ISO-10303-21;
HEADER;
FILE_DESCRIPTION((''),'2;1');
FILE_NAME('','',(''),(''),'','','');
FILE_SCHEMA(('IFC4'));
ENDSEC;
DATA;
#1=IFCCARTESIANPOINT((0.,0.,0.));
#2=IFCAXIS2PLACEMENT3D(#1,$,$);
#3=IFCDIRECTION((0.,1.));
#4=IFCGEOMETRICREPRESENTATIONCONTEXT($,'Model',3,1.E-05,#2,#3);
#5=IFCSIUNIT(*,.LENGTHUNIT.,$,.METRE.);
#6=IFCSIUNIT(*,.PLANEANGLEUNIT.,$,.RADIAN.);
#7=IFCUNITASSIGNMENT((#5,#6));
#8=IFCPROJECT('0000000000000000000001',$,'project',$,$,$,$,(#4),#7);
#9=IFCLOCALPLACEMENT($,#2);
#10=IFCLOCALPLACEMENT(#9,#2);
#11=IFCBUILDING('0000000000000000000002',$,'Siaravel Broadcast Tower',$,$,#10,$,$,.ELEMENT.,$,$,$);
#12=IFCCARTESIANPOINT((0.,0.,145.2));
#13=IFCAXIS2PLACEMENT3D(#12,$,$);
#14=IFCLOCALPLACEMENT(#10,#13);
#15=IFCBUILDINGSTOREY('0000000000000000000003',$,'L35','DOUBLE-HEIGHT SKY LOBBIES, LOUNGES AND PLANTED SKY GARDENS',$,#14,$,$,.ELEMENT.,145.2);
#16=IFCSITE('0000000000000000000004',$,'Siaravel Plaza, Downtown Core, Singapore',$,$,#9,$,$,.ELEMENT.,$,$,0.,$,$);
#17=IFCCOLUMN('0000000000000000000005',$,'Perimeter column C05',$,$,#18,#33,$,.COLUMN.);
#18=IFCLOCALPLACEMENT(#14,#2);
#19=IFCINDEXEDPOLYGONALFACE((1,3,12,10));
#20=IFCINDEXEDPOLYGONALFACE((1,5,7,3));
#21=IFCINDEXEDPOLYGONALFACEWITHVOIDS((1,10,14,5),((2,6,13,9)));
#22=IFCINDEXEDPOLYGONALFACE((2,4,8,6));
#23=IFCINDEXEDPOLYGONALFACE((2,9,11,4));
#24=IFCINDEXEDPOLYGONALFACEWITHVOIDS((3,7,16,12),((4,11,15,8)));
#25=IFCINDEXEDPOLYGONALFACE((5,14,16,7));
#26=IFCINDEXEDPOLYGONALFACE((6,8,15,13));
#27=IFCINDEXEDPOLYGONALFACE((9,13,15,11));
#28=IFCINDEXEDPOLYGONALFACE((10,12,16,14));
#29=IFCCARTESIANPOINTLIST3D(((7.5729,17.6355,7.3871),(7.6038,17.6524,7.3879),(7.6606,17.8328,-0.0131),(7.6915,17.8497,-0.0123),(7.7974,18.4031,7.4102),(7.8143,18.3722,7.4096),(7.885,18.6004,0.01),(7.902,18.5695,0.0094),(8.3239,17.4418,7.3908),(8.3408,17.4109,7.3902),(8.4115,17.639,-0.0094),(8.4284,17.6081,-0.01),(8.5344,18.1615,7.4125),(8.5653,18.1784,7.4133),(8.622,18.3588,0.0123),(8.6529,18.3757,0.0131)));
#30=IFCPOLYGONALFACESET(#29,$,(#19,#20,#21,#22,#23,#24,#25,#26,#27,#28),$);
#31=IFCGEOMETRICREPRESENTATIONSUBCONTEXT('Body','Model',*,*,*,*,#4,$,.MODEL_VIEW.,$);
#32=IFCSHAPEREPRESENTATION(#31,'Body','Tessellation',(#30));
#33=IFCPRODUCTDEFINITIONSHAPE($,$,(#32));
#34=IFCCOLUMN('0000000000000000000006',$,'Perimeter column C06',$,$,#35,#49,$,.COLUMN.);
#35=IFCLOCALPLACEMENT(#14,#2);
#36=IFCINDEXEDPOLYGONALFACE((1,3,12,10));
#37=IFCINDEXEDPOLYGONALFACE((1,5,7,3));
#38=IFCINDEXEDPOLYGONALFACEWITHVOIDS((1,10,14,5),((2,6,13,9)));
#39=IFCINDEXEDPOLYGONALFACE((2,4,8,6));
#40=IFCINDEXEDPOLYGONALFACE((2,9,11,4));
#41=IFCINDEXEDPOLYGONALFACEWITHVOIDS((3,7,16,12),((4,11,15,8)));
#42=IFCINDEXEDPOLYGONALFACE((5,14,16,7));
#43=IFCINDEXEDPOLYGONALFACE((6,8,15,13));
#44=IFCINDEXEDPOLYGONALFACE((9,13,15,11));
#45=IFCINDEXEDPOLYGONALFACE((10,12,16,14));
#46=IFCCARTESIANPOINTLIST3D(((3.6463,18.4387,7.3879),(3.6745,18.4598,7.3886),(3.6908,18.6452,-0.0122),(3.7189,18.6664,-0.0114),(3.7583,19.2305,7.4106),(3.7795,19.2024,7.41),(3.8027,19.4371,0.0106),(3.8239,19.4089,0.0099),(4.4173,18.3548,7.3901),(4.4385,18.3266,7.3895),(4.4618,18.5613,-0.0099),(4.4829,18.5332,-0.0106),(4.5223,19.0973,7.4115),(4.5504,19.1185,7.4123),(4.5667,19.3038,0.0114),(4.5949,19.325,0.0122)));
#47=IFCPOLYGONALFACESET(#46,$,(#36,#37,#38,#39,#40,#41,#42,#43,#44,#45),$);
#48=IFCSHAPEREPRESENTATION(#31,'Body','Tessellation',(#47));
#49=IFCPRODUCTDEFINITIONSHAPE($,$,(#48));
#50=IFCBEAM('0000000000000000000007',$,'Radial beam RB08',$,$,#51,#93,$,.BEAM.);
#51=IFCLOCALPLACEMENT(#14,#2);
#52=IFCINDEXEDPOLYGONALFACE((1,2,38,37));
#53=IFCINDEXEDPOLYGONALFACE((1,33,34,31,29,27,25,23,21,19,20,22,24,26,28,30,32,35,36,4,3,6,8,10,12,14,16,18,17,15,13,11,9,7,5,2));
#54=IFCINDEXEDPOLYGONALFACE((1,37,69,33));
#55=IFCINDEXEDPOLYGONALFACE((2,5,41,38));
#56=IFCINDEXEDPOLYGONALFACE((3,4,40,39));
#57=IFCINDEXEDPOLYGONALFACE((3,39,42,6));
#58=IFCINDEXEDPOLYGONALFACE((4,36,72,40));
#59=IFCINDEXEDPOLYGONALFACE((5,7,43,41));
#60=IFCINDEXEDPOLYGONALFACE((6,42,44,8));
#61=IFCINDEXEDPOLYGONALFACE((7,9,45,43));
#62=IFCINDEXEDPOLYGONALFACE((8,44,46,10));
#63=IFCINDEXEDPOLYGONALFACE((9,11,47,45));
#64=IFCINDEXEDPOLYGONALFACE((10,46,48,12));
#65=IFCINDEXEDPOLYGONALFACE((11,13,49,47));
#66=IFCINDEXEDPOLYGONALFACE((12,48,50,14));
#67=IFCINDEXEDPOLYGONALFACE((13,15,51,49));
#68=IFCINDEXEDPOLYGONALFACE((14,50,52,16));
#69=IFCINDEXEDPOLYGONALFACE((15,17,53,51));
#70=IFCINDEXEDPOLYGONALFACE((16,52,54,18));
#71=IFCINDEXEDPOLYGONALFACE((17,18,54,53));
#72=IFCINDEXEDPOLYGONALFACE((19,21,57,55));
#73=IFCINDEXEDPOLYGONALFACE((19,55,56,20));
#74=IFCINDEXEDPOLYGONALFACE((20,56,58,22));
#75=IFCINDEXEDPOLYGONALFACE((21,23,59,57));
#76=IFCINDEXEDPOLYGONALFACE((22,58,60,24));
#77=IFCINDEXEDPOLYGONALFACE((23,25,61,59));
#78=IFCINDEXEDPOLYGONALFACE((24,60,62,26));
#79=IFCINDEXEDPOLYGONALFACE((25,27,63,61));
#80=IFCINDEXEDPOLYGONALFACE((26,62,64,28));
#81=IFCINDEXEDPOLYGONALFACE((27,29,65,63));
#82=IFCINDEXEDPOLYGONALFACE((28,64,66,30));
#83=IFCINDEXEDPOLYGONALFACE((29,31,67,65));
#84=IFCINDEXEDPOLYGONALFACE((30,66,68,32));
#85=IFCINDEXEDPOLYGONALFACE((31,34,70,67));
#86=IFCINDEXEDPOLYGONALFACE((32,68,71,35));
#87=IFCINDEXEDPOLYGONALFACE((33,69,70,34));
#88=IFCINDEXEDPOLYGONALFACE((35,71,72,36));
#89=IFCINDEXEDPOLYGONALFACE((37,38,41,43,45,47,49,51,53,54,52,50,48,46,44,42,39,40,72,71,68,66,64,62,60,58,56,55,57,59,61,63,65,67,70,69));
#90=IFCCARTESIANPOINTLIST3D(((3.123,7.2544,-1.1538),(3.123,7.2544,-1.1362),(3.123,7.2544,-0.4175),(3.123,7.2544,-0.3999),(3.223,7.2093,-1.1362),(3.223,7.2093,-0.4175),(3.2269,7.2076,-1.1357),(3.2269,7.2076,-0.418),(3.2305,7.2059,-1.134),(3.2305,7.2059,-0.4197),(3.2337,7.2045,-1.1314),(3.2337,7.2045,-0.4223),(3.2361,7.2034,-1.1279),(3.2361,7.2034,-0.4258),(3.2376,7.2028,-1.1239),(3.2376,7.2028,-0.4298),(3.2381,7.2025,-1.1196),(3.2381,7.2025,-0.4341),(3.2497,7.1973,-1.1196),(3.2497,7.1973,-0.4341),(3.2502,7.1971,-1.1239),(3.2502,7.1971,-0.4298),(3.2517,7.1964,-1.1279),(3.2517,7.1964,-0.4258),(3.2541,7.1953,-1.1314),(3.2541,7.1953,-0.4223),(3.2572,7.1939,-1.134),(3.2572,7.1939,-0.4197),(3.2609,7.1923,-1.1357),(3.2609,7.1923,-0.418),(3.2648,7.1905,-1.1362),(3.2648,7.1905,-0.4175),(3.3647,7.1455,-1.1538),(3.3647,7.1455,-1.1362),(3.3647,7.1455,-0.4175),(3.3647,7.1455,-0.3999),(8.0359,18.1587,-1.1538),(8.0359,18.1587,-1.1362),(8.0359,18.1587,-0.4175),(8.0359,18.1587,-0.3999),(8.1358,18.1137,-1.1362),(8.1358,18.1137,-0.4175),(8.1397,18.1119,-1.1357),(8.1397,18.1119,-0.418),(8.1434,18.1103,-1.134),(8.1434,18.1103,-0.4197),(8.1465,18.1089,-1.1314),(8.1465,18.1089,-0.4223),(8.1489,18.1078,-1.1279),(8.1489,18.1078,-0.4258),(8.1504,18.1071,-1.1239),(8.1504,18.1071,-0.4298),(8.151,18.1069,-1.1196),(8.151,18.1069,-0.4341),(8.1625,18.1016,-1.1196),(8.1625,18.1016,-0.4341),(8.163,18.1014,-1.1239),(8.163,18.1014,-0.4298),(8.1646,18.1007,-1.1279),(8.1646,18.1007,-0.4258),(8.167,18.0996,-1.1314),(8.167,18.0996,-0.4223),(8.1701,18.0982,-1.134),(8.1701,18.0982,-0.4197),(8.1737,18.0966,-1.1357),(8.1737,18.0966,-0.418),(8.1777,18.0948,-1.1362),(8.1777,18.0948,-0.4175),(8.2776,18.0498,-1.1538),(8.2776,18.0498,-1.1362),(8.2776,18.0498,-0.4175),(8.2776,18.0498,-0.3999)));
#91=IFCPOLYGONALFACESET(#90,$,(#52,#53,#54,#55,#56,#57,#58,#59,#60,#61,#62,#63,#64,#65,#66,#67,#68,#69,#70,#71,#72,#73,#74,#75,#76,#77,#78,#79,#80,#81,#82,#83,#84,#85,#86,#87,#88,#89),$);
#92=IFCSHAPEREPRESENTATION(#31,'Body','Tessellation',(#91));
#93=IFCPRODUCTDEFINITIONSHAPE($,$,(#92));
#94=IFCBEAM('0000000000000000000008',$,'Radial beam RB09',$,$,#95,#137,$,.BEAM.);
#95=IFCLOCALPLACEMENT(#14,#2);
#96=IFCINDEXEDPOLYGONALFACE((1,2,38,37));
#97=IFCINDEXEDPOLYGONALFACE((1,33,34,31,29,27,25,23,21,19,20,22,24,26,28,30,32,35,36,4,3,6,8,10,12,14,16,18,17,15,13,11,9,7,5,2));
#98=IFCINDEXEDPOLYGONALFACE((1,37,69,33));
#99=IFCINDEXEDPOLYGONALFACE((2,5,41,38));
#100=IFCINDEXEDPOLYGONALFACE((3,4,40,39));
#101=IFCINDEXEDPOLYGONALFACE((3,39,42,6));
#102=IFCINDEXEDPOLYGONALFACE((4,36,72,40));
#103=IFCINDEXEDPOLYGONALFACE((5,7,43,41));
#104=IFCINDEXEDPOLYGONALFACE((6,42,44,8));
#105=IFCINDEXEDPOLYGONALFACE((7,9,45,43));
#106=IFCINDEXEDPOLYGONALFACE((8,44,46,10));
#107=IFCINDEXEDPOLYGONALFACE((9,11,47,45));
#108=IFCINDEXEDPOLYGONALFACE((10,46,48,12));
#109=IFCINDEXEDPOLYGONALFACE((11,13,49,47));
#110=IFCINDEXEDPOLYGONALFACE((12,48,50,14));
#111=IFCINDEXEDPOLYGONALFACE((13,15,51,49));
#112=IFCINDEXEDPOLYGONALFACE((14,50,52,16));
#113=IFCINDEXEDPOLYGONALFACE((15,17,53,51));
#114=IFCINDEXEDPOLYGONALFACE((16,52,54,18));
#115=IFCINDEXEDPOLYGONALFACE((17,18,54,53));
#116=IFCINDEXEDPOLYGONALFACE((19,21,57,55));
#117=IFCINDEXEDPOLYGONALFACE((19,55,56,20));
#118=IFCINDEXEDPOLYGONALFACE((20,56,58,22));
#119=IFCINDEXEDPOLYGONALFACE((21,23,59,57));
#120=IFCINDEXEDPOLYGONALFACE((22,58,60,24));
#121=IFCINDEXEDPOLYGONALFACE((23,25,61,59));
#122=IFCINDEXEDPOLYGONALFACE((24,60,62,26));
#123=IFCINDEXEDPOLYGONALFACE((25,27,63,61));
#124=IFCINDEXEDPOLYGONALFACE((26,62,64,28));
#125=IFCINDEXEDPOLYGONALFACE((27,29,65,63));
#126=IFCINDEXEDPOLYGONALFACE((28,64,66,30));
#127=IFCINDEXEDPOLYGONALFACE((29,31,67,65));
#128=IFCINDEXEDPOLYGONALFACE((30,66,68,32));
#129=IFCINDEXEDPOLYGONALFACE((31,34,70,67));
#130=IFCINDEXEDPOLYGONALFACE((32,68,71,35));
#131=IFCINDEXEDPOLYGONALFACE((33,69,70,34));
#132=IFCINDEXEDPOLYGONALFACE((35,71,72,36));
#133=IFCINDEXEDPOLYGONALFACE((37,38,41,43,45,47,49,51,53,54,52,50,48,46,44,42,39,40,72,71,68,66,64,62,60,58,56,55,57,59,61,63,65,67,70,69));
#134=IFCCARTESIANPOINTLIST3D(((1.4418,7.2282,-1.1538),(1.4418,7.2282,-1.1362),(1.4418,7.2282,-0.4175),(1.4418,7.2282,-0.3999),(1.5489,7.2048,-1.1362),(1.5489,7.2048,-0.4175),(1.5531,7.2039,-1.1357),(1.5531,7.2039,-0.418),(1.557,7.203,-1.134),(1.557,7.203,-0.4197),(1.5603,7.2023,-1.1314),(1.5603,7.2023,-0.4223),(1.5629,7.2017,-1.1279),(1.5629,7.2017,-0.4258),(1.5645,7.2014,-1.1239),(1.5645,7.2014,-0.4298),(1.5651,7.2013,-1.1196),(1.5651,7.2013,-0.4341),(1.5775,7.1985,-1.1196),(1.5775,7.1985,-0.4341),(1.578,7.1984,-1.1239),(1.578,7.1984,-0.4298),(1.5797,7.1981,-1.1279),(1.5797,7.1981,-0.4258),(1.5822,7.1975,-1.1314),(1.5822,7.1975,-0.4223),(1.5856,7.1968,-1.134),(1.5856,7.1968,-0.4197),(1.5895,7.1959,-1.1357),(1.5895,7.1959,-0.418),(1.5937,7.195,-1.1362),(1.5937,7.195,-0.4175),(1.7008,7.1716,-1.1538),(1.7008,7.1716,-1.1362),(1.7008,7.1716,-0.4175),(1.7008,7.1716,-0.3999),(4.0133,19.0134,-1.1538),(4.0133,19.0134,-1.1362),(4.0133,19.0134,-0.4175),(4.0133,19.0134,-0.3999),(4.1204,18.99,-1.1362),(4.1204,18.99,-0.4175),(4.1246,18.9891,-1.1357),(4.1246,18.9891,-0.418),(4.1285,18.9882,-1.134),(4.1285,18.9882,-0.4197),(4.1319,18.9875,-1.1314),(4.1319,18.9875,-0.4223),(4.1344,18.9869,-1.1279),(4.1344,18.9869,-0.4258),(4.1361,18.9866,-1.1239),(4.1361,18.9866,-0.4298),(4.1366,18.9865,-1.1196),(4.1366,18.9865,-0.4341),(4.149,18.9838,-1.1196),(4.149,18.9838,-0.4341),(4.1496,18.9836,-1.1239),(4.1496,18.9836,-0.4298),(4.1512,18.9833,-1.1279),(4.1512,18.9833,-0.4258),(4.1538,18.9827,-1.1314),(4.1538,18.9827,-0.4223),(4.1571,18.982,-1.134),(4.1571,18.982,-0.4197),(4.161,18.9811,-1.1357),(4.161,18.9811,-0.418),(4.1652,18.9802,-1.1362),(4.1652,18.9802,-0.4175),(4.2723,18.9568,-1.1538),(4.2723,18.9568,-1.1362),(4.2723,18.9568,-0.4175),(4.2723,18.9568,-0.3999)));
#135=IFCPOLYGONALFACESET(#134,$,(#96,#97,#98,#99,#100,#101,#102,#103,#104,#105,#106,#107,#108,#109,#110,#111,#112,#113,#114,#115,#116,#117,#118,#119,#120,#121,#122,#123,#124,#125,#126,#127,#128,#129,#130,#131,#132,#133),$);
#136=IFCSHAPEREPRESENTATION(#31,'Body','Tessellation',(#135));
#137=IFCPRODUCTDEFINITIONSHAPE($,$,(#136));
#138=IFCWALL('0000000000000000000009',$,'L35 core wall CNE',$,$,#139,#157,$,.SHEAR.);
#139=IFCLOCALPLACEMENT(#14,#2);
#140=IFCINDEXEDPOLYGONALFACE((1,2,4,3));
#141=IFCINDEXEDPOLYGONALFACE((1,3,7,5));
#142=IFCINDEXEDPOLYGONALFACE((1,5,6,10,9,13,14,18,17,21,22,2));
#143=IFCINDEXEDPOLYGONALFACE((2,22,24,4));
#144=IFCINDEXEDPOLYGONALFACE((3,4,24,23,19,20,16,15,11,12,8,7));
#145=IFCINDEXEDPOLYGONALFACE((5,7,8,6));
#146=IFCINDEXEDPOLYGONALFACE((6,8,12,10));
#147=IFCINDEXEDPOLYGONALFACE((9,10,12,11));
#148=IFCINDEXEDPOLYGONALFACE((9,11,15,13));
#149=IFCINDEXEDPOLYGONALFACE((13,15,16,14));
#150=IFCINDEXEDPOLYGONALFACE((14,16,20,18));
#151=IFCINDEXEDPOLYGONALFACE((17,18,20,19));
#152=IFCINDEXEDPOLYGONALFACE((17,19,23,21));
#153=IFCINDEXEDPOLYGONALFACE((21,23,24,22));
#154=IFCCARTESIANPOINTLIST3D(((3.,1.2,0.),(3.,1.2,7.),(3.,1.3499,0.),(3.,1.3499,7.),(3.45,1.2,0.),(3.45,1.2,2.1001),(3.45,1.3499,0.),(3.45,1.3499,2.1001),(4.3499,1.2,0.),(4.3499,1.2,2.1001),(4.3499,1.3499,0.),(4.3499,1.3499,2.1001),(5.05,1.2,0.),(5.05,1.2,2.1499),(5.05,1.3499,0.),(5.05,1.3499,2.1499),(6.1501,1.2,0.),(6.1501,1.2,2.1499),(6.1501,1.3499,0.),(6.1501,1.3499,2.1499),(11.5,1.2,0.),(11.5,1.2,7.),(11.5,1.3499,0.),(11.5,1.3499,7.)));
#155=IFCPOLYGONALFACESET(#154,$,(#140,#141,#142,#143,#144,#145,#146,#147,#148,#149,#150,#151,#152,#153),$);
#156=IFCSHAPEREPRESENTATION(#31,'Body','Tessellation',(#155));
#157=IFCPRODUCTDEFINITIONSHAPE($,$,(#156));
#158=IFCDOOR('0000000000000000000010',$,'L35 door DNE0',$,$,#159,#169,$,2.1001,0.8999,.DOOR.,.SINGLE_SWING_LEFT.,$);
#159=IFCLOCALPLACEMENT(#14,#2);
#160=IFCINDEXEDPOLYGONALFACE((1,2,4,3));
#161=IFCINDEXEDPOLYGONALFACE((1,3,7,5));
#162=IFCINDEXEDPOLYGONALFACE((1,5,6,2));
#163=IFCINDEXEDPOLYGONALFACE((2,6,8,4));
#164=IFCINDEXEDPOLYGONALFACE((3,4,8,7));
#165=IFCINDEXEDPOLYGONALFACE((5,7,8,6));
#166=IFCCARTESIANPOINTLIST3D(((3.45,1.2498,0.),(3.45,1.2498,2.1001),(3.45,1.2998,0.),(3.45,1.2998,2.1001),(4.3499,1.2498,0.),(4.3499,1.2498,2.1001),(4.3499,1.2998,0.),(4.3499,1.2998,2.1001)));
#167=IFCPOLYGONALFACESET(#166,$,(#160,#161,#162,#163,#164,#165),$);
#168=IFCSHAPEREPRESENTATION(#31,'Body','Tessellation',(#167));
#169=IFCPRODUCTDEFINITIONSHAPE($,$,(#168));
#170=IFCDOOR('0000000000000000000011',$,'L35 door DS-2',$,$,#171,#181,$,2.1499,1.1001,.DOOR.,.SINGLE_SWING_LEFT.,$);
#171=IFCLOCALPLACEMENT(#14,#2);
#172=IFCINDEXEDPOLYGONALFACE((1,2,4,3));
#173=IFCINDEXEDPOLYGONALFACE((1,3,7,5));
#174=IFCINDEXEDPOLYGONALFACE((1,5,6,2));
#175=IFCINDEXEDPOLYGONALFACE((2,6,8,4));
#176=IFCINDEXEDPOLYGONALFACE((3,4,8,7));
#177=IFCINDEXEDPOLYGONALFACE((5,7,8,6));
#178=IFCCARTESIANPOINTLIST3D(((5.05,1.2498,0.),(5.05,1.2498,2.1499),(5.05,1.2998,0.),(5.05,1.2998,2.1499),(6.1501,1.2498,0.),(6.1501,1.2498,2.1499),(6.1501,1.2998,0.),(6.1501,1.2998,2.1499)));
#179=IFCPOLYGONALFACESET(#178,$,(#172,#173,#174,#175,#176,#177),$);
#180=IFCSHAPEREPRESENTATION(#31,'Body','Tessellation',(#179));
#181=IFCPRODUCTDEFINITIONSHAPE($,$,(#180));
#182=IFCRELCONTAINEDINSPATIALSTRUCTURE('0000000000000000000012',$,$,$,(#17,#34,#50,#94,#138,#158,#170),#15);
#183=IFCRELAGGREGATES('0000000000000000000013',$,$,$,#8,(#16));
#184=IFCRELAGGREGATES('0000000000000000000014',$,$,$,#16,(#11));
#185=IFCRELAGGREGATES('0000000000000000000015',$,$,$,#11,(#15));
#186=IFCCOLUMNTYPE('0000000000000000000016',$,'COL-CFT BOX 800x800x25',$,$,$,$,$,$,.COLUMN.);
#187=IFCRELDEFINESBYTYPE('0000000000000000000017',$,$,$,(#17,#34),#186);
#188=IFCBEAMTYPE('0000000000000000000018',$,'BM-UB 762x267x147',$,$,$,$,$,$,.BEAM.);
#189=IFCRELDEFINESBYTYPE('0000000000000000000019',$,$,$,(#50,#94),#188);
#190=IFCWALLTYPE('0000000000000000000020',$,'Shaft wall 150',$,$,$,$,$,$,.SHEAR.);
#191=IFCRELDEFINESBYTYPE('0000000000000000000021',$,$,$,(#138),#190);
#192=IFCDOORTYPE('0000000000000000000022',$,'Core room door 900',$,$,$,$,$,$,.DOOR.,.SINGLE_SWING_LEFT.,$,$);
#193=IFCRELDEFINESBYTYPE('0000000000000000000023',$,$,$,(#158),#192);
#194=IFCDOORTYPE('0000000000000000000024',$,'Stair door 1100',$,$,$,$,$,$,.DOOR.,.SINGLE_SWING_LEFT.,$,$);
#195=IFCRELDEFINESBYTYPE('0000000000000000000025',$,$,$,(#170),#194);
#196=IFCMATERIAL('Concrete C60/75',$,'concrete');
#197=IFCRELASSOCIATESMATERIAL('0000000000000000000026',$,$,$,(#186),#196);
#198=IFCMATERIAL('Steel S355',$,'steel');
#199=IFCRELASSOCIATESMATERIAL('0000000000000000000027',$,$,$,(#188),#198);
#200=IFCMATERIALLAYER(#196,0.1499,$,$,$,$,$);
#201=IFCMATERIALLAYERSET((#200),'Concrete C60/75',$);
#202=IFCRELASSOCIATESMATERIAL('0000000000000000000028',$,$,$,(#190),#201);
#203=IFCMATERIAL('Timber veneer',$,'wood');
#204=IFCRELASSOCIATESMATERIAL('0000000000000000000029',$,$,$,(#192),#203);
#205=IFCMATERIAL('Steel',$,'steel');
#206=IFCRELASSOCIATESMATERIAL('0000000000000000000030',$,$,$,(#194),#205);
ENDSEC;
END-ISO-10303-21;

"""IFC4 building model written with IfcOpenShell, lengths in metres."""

from ifc_helpers import new_model, si_unit, direction, frame, frame_2d, origin, origin_2d, place, context, subcontext, project, spatial, rectangle, hollow_rectangle, i_section, extrude, material, layer, layer_set, material_profile, profile_set, type_object, element, fill, save


model = new_model("IFC4")

# Units and contexts
model_context = context("Model", 3, precision=1e-05, world=origin(), true_north=direction((0.0, 1.0)))
body_context = subcontext(model_context, "Body", "Model", "MODEL_VIEW")
ifc_project = project(units=[si_unit("LENGTHUNIT", "METRE"), si_unit("PLANEANGLEUNIT", "RADIAN")], contexts=[model_context])

# Site, building, storey
site_placement = place(None, origin())
site = spatial("IfcSite", under=ifc_project, at=site_placement, Name="Siaravel Plaza, Downtown Core, Singapore", CompositionType="ELEMENT", RefElevation=0.0)
building_placement = place(site_placement, origin())
building = spatial("IfcBuilding", under=site, at=building_placement, Name="Siaravel Broadcast Tower", CompositionType="ELEMENT")
storey_placement = place(building_placement, frame((0.0, 0.0, 145.2)))
storey = spatial("IfcBuildingStorey", under=building, at=storey_placement, Name="L35", Description="DOUBLE-HEIGHT SKY LOBBIES, LOUNGES AND PLANTED SKY GARDENS", CompositionType="ELEMENT", Elevation=145.2)

# Columns
ifc_material_1 = material(Name="Concrete C60/75", Category="concrete")
ifc_material_profile_1 = material_profile(ifc_material_1, hollow_rectangle(XDim=0.8, YDim=0.8, WallThickness=0.0249, at=origin_2d()))
ifc_profile_set_1 = profile_set([ifc_material_profile_1], Name="Concrete C60/75")
column_type = type_object("IfcColumnType", Name="COL-CFT BOX 800x800x25", PredefinedType="COLUMN", material=ifc_profile_set_1)
column_1_placement = place(storey_placement, frame((8.1567, 18.1042, 0.0), z_axis=(-0.011839, -0.026646, 0.999575), x_axis=(0.959763, -0.280784, 0.003882)))
element("IfcColumn", 1, at=column_1_placement, inside=storey, type_object=column_type, Name="Perimeter column C05", PredefinedType="COLUMN", context=body_context, shape_type="SweptSolid", body=[
    extrude(hollow_rectangle(XDim=0.8, YDim=0.8, WallThickness=0.0249, at=origin_2d()), origin(), (0.0, 0.0, 1.0), 7.4033),
])
column_2_placement = place(storey_placement, frame((4.1428, 18.9851, 0.0), z_axis=(-0.006002, -0.027899, 0.999593), x_axis=(0.990143, -0.140048, 0.002036)))
element("IfcColumn", 2, at=column_2_placement, inside=storey, type_object=column_type, Name="Perimeter column C06", PredefinedType="COLUMN", context=body_context, shape_type="SweptSolid", body=[
    extrude(hollow_rectangle(XDim=0.8, YDim=0.8, WallThickness=0.0249, at=origin_2d()), origin(), (0.0, 0.0, 1.0), 7.4031),
])

# Beams
ifc_material_2 = material(Name="Steel S355", Category="steel")
ifc_material_profile_2 = material_profile(ifc_material_2, i_section(OverallWidth=0.2651, OverallDepth=0.7539, WebThickness=0.0127, FlangeThickness=0.0176, FilletRadius=0.0166, at=origin_2d()))
ifc_profile_set_2 = profile_set([ifc_material_profile_2], Name="Steel S355")
beam_type = type_object("IfcBeamType", Name="BM-UB 762x267x147", PredefinedType="BEAM", material=ifc_profile_set_2)
beam_1_placement = place(storey_placement, frame((8.1567, 18.1042, -0.7769), z_axis=(-0.410775, -0.911737, 0.0), x_axis=(0.911737, -0.410775, 0.0)))
element("IfcBeam", 3, at=beam_1_placement, inside=storey, type_object=beam_type, Name="Radial beam RB08", PredefinedType="BEAM", context=body_context, shape_type="SweptSolid", body=[
    extrude(i_section(OverallWidth=0.2651, OverallDepth=0.7539, WebThickness=0.0127, FlangeThickness=0.0176, FilletRadius=0.0166, at=origin_2d()), origin(), (0.0, 0.0, 1.0), 11.96),
])
beam_2_placement = place(storey_placement, frame((4.1428, 18.9851, -0.7769), z_axis=(-0.213185, -0.977012, 0.0), x_axis=(0.977012, -0.213185, 0.0)))
element("IfcBeam", 4, at=beam_2_placement, inside=storey, type_object=beam_type, Name="Radial beam RB09", PredefinedType="BEAM", context=body_context, shape_type="SweptSolid", body=[
    extrude(i_section(OverallWidth=0.2651, OverallDepth=0.7539, WebThickness=0.0127, FlangeThickness=0.0176, FilletRadius=0.0166, at=origin_2d()), origin(), (0.0, 0.0, 1.0), 12.0625),
])

# Wall, openings, doors
ifc_layer_1 = layer(ifc_material_1, 0.1499)
ifc_layer_set_1 = layer_set([ifc_layer_1], Name="Concrete C60/75")
wall_type_1 = type_object("IfcWallType", Name="Shaft wall 150", PredefinedType="SHEAR", material=ifc_layer_set_1)
wall_1_placement = place(storey_placement, frame((3.0, 1.2749, 0.0), z_axis=(0.0, 0.0, 1.0), x_axis=(1.0, 0.0, 0.0)))
wall_1 = element("IfcWall", 5, at=wall_1_placement, inside=storey, type_object=wall_type_1, Name="L35 core wall CNE", PredefinedType="SHEAR", context=body_context, shape_type="SweptSolid", body=[
    extrude(rectangle(XDim=8.5, YDim=0.1499, at=frame_2d((4.25, 0.0))), origin(), (0.0, 0.0, 1.0), 7.0),
])
opening_1_placement = place(wall_1_placement, frame((2.05, 0.0, 0.0)))
opening_1 = element("IfcOpeningElement", 6, at=opening_1_placement, cuts=wall_1, PredefinedType="OPENING", context=body_context, shape_type="SweptSolid", body=[
    extrude(rectangle(XDim=1.1001, YDim=2.1499, at=frame_2d((0.55, 1.075))), frame((0.0, 0.085, 0.0), z_axis=(0.0, -1.0, 0.0), x_axis=(1.0, 0.0, 0.0)), (0.0, 0.0, 1.0), 0.1699),
])
opening_2_placement = place(wall_1_placement, frame((0.45, 0.0, 0.0)))
opening_2 = element("IfcOpeningElement", 7, at=opening_2_placement, cuts=wall_1, PredefinedType="OPENING", context=body_context, shape_type="SweptSolid", body=[
    extrude(rectangle(XDim=0.8999, YDim=2.1001, at=frame_2d((0.45, 1.05))), frame((0.0, 0.085, 0.0), z_axis=(0.0, -1.0, 0.0), x_axis=(1.0, 0.0, 0.0)), (0.0, 0.0, 1.0), 0.1699),
])
ifc_material_3 = material(Name="Timber veneer", Category="wood")
door_type_1 = type_object("IfcDoorType", Name="Core room door 900", OperationType="SINGLE_SWING_LEFT", PredefinedType="DOOR", material=ifc_material_3)
door_1_placement = place(opening_2_placement, origin())
door_1 = element("IfcDoor", 8, at=door_1_placement, inside=storey, type_object=door_type_1, Name="L35 door DNE0", OperationType="SINGLE_SWING_LEFT", OverallHeight=2.1001, OverallWidth=0.8999, PredefinedType="DOOR", context=body_context, shape_type="SweptSolid", body=[
    extrude(rectangle(XDim=0.8999, YDim=2.1001, at=frame_2d((0.45, 1.05))), frame((0.0, 0.0249, 0.0), z_axis=(0.0, -1.0, 0.0), x_axis=(1.0, 0.0, 0.0)), (0.0, 0.0, 1.0), 0.05),
])
fill(opening_2, door_1)
ifc_material_4 = material(Name="Steel", Category="steel")
door_type_2 = type_object("IfcDoorType", Name="Stair door 1100", OperationType="SINGLE_SWING_LEFT", PredefinedType="DOOR", material=ifc_material_4)
door_2_placement = place(opening_1_placement, origin())
door_2 = element("IfcDoor", 9, at=door_2_placement, inside=storey, type_object=door_type_2, Name="L35 door DS-2", OperationType="SINGLE_SWING_LEFT", OverallHeight=2.1499, OverallWidth=1.1001, PredefinedType="DOOR", context=body_context, shape_type="SweptSolid", body=[
    extrude(rectangle(XDim=1.1001, YDim=2.1499, at=frame_2d((0.55, 1.075))), frame((0.0, 0.0249, 0.0), z_axis=(0.0, -1.0, 0.0), x_axis=(1.0, 0.0, 0.0)), (0.0, 0.0, 1.0), 0.05),
])
fill(opening_1, door_2)

save(model, "model.ifc")
